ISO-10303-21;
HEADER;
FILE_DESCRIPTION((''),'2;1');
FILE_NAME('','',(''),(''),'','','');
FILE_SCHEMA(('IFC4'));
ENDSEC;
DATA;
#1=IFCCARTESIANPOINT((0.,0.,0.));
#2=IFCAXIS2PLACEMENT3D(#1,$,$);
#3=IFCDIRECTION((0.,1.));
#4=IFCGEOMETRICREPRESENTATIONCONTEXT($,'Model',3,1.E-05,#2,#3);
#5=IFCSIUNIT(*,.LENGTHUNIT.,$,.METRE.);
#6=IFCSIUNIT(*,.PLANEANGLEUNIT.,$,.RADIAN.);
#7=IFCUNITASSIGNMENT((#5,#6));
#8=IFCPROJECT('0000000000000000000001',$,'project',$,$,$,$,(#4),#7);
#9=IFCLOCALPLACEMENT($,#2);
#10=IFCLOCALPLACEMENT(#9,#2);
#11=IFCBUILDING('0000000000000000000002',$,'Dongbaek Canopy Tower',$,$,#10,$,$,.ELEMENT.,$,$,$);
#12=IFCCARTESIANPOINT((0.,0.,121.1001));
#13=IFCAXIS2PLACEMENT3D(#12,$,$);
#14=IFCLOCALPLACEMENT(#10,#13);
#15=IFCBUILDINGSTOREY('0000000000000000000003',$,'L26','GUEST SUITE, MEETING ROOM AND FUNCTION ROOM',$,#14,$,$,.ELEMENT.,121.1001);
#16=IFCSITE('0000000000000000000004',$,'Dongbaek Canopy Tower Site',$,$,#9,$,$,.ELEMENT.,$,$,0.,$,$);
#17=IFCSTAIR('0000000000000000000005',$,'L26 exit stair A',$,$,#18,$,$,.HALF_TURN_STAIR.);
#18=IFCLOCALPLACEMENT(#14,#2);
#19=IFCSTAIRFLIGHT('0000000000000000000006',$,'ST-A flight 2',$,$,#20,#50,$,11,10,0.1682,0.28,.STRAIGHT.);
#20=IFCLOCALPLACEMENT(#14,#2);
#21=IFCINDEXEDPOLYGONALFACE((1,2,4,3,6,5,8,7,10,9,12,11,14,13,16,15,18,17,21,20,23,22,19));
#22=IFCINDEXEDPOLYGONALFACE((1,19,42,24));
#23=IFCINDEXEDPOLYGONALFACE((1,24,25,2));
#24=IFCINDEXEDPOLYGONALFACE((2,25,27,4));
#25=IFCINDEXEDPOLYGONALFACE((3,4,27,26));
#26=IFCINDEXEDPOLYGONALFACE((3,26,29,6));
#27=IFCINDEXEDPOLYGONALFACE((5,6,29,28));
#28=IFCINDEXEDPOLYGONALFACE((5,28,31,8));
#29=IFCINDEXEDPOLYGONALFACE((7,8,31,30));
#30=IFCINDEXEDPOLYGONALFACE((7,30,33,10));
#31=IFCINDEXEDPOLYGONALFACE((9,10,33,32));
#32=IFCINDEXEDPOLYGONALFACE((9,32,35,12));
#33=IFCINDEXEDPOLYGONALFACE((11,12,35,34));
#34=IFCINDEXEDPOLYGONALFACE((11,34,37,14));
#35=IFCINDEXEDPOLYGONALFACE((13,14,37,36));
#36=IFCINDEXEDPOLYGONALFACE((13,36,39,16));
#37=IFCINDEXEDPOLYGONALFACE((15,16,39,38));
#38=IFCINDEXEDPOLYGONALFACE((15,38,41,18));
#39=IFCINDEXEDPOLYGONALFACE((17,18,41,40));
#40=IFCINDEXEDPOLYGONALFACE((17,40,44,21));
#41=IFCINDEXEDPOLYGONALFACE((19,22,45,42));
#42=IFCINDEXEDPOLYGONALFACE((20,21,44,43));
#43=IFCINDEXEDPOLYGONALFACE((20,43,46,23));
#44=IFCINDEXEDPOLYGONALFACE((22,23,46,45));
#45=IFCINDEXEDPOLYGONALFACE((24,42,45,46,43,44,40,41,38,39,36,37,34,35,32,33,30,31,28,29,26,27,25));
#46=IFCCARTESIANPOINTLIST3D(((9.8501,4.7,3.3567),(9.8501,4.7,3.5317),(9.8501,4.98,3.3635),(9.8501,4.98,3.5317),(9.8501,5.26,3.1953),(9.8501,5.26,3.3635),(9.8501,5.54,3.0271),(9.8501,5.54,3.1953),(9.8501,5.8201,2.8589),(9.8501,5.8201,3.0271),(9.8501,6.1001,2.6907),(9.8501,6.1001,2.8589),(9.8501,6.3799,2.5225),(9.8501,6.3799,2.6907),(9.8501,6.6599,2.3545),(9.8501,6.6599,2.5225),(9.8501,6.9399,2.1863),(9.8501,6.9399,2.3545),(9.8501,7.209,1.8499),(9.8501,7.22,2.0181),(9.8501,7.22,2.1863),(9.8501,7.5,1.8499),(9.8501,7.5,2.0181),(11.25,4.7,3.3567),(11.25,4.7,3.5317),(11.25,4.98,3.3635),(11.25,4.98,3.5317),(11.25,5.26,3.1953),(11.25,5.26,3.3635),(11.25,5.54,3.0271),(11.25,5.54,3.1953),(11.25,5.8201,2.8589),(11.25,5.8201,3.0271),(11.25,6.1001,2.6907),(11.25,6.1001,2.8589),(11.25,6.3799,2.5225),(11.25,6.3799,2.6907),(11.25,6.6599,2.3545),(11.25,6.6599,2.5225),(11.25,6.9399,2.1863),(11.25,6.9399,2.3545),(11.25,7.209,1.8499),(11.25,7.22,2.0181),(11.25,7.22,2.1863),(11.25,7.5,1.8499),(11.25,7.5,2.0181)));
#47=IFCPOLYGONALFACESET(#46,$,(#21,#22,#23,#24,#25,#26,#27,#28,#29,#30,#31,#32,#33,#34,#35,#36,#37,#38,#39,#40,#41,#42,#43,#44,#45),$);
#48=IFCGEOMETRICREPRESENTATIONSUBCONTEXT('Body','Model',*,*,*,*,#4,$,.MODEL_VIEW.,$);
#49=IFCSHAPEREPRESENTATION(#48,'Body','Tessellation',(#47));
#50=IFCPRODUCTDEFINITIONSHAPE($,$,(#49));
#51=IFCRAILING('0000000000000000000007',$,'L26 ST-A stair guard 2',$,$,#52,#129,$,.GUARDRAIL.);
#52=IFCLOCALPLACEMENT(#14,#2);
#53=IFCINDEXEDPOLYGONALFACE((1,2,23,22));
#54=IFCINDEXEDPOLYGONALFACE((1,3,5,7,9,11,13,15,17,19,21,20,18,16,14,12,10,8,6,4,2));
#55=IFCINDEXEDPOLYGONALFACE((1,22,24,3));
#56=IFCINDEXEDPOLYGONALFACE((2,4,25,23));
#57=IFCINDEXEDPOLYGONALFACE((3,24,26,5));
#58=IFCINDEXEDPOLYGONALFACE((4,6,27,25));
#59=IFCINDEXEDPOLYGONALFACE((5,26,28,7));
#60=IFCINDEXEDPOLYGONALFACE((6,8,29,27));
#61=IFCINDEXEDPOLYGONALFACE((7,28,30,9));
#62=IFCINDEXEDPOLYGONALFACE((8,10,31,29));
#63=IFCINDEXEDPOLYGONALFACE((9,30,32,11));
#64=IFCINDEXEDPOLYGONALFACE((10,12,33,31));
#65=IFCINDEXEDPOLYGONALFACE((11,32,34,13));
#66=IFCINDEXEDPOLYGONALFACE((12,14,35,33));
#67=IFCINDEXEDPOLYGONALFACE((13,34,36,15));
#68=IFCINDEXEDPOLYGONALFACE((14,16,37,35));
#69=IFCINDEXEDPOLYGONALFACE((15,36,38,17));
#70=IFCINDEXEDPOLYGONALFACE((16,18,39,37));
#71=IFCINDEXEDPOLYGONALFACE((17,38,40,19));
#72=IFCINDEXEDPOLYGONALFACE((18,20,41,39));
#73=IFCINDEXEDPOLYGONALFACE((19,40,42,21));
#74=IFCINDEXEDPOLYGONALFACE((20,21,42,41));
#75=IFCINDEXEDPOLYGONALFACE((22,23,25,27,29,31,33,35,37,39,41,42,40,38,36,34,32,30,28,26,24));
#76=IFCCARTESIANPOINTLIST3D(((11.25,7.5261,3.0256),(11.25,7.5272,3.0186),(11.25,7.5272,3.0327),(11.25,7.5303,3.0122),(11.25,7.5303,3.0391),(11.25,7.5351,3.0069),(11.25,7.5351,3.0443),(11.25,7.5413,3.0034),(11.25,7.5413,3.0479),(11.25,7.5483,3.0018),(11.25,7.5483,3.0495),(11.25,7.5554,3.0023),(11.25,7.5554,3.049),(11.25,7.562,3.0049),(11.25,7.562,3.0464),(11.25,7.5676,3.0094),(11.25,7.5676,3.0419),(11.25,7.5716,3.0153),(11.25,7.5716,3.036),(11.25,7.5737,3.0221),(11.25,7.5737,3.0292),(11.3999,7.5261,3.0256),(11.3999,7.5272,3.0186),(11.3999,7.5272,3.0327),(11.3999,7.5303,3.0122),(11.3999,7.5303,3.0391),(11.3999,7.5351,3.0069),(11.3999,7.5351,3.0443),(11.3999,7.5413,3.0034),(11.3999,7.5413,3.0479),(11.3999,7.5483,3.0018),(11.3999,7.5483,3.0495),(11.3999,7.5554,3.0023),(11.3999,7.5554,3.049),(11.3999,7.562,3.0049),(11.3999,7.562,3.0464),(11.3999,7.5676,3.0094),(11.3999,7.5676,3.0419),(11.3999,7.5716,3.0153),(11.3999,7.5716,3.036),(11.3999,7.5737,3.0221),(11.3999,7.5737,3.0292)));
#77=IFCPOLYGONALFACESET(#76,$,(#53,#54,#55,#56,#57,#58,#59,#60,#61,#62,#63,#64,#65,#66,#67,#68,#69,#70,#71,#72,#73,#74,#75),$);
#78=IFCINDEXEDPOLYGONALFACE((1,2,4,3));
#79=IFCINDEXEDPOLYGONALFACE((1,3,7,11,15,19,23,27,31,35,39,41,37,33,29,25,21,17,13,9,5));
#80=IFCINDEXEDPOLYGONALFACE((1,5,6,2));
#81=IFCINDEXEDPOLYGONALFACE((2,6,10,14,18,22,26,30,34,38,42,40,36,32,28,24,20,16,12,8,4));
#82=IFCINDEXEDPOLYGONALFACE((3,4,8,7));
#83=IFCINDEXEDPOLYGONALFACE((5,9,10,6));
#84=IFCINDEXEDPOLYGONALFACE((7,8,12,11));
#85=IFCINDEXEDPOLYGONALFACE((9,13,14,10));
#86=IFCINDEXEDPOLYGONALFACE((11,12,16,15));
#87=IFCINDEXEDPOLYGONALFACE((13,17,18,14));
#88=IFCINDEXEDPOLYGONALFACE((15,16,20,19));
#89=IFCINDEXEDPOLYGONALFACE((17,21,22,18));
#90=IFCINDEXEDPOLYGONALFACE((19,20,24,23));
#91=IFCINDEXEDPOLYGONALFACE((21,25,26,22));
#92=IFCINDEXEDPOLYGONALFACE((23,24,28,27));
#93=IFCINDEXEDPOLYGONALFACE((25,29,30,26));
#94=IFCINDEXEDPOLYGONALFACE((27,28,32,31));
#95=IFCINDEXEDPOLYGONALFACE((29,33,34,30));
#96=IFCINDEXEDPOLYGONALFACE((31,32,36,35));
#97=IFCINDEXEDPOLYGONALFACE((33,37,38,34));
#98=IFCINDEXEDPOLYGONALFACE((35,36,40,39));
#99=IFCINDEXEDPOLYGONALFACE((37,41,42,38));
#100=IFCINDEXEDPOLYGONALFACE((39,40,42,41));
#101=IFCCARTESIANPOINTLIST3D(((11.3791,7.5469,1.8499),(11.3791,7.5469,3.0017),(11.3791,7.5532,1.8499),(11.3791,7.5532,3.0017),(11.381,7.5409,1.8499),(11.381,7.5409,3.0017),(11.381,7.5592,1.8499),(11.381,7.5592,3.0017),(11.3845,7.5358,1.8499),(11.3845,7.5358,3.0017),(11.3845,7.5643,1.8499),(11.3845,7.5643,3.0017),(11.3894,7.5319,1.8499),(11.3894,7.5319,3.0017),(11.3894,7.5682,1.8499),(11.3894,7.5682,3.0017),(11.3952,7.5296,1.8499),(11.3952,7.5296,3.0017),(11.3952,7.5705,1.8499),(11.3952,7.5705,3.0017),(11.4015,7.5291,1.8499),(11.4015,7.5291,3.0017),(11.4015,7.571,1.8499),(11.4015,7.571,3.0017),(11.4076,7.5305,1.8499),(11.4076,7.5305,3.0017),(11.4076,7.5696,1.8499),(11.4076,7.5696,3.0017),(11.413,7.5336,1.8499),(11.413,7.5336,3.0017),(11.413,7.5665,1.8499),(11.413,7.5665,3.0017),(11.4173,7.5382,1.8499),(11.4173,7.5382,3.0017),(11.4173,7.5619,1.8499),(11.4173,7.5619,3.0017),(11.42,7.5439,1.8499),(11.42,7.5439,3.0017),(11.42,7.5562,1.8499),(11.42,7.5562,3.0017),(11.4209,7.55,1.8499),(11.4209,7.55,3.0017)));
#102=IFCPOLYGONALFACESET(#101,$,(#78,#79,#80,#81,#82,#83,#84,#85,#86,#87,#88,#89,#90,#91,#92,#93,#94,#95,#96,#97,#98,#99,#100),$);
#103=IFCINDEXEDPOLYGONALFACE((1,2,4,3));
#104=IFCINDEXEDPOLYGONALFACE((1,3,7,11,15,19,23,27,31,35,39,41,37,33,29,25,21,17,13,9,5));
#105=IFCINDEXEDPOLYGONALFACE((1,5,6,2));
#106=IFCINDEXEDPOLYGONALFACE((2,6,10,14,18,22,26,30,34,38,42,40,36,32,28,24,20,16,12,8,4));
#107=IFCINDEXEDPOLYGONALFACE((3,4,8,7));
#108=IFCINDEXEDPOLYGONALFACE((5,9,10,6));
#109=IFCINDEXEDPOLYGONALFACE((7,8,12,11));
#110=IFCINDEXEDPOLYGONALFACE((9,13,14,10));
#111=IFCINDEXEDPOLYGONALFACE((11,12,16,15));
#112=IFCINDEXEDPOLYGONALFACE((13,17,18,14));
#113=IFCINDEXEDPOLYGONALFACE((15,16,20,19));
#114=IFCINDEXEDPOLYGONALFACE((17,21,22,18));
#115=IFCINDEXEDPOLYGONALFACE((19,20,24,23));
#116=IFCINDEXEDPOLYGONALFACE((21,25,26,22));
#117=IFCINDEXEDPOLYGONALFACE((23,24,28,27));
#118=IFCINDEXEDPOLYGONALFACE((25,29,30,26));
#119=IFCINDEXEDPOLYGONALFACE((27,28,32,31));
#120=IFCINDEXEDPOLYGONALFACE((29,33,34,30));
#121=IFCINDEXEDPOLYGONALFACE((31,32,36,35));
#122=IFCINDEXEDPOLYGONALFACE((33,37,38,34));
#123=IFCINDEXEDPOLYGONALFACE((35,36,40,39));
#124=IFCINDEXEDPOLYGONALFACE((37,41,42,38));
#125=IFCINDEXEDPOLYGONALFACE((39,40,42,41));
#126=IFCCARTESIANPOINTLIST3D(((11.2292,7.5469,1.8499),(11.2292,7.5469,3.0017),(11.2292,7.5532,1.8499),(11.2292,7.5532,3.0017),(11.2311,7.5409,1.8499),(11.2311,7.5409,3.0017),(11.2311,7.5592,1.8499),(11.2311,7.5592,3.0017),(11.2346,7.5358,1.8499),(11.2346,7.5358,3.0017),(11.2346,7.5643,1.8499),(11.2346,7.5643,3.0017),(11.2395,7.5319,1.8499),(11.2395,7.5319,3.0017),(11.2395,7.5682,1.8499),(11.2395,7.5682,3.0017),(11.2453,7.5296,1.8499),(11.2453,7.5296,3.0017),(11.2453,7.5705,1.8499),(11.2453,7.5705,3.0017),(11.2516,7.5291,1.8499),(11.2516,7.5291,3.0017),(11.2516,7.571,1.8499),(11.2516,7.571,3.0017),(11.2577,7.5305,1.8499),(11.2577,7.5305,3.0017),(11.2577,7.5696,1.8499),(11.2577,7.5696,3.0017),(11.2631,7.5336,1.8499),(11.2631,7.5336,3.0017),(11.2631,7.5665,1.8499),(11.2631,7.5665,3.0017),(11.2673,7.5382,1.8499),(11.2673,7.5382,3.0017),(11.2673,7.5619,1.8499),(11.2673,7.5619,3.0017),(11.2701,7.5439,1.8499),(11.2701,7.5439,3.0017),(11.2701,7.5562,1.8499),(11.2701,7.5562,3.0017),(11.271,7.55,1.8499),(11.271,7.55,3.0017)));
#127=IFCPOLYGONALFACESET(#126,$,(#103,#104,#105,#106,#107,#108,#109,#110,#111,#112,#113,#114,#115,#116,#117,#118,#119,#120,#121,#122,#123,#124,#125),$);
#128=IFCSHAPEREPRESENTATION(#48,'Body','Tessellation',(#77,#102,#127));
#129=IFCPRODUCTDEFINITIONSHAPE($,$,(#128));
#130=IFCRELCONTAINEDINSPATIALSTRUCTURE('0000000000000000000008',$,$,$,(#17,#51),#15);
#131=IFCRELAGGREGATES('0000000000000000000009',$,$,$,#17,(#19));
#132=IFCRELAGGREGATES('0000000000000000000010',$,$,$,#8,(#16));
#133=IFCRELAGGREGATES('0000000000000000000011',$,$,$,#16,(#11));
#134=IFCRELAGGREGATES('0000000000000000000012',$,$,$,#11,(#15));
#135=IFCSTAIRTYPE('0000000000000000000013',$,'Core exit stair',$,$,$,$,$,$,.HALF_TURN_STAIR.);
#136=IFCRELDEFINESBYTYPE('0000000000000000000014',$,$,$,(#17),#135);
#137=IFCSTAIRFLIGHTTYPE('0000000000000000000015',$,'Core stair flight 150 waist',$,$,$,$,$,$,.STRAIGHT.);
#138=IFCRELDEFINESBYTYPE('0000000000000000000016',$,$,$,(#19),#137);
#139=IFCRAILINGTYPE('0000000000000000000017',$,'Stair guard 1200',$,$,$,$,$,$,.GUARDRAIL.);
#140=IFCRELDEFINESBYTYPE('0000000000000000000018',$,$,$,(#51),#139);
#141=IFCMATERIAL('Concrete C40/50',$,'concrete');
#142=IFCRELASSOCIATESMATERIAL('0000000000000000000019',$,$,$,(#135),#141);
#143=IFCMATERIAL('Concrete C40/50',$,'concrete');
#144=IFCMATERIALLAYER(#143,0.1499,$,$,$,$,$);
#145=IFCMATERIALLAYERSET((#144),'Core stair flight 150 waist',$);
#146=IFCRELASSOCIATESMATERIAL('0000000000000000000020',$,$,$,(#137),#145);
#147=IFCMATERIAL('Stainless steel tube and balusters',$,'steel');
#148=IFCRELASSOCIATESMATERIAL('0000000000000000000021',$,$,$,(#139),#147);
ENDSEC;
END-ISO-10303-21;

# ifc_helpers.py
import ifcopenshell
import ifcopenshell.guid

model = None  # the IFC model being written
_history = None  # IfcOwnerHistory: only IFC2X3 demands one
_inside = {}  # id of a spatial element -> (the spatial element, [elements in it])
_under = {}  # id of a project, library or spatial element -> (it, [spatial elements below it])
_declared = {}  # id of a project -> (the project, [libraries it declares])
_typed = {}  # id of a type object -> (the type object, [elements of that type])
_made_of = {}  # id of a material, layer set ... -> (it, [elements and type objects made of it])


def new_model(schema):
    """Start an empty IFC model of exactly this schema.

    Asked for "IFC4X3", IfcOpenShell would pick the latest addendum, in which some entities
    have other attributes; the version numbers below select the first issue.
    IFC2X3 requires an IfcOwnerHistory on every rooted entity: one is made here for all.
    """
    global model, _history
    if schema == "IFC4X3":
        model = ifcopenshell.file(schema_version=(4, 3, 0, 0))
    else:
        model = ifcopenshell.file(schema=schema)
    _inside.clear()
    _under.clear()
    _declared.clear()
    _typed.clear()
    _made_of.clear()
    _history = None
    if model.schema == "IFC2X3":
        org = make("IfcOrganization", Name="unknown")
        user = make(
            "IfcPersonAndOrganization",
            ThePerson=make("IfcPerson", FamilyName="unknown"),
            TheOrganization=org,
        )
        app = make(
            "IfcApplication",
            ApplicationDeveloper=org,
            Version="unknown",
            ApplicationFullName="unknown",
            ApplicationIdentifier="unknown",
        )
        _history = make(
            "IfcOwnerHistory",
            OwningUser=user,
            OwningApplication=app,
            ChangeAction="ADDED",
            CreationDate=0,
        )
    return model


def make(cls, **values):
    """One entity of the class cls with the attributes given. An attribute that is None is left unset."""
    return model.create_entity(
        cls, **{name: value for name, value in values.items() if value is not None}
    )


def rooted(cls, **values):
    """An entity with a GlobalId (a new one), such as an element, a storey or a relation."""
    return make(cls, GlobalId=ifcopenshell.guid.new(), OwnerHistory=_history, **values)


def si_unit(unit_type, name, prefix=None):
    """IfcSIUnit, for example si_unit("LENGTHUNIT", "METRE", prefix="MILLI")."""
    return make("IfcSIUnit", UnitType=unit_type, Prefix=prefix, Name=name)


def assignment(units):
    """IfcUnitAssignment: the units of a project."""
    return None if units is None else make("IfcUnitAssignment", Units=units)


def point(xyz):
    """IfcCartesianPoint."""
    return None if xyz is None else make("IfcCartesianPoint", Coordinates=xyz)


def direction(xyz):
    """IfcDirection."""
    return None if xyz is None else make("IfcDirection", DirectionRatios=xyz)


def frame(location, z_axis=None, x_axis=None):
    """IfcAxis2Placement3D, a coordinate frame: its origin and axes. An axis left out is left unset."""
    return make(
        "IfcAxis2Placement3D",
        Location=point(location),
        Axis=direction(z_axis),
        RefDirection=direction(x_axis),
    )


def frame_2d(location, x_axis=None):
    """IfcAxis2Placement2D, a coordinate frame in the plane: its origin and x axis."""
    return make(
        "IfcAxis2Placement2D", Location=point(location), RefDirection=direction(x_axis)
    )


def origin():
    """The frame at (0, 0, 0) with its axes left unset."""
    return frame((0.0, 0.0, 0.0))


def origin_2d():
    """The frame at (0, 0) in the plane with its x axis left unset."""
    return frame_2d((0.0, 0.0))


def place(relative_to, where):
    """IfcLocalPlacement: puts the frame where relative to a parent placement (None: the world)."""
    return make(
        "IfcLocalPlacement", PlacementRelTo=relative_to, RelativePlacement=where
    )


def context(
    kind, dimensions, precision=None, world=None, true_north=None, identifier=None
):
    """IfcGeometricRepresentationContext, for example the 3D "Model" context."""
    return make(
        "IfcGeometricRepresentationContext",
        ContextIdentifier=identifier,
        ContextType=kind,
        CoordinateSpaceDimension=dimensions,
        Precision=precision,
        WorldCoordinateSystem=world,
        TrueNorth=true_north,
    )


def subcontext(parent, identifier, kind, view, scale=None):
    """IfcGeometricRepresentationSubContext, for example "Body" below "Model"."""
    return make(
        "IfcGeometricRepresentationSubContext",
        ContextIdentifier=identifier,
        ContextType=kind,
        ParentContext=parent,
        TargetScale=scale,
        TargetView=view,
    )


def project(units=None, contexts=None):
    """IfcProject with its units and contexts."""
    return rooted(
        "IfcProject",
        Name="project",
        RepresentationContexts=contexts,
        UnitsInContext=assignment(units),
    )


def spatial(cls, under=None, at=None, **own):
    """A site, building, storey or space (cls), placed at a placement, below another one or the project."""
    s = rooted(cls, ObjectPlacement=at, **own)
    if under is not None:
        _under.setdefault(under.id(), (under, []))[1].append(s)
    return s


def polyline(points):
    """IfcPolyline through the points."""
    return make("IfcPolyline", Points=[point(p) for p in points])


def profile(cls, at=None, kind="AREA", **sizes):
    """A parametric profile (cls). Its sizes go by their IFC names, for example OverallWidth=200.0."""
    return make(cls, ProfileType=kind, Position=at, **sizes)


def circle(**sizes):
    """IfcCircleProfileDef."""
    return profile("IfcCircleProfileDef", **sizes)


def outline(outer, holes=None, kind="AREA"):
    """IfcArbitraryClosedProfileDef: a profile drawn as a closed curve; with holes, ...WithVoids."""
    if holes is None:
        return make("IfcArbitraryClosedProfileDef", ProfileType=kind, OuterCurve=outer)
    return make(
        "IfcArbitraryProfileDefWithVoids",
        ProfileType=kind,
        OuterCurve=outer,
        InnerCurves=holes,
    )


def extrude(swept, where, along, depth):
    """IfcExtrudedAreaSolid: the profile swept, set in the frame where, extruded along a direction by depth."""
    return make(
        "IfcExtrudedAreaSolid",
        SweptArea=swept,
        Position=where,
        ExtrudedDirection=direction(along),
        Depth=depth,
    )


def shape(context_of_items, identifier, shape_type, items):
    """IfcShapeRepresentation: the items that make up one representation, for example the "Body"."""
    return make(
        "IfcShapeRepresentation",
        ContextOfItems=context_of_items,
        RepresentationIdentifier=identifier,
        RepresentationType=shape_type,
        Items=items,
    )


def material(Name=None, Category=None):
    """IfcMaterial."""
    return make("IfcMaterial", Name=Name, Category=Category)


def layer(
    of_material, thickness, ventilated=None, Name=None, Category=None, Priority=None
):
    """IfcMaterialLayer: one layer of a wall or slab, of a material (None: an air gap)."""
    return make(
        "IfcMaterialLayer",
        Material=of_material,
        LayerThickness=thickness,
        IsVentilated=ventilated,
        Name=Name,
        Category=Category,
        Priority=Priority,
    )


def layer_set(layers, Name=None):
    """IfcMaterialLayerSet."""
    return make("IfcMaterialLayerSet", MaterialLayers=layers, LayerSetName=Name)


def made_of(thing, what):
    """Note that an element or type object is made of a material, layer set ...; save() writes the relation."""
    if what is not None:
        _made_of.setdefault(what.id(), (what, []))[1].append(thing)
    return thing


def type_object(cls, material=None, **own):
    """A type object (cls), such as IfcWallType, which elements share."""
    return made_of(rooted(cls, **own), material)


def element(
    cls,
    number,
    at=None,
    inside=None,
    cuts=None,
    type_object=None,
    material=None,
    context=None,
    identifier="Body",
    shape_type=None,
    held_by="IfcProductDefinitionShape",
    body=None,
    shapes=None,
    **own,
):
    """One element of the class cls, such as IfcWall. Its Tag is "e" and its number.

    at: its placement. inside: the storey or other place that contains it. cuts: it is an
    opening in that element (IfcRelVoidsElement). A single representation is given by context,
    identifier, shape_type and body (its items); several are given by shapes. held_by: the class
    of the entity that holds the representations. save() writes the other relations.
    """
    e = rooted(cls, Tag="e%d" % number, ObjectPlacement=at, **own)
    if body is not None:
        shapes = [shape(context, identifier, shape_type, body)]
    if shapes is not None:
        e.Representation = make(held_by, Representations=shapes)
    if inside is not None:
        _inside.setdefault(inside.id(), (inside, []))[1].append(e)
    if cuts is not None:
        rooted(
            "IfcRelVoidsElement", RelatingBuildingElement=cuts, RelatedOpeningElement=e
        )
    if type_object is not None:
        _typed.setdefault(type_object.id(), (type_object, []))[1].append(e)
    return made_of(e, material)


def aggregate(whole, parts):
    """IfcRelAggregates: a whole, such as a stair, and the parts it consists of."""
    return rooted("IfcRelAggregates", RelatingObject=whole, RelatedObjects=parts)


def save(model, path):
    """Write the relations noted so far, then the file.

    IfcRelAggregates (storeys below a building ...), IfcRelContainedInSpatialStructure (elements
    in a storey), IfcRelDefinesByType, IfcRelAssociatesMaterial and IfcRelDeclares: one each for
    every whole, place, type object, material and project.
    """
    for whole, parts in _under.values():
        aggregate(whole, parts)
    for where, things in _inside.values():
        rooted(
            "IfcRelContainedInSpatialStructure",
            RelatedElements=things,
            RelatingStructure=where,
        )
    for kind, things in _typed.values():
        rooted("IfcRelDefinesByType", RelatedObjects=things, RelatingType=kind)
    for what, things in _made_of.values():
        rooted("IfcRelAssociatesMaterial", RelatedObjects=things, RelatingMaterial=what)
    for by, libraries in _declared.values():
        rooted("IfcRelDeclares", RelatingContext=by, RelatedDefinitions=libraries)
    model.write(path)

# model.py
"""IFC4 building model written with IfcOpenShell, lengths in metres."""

from ifc_helpers import new_model, si_unit, direction, frame, origin, origin_2d, place, context, subcontext, project, spatial, polyline, circle, outline, extrude, material, layer, layer_set, type_object, element, aggregate, save


model = new_model("IFC4")

# Units and contexts
model_context = context("Model", 3, precision=1e-05, world=origin(), true_north=direction((0.0, 1.0)))
body_context = subcontext(model_context, "Body", "Model", "MODEL_VIEW")
ifc_project = project(units=[si_unit("LENGTHUNIT", "METRE"), si_unit("PLANEANGLEUNIT", "RADIAN")], contexts=[model_context])

# Site, building, storey
site_placement = place(None, origin())
site = spatial("IfcSite", under=ifc_project, at=site_placement, Name="Dongbaek Canopy Tower Site", CompositionType="ELEMENT", RefElevation=0.0)
building_placement = place(site_placement, origin())
building = spatial("IfcBuilding", under=site, at=building_placement, Name="Dongbaek Canopy Tower", CompositionType="ELEMENT")
storey_placement = place(building_placement, frame((0.0, 0.0, 121.1001)))
storey = spatial("IfcBuildingStorey", under=building, at=storey_placement, Name="L26", Description="GUEST SUITE, MEETING ROOM AND FUNCTION ROOM", CompositionType="ELEMENT", Elevation=121.1001)

# Stair, stair flight
ifc_material_1 = material(Name="Concrete C40/50", Category="concrete")
stair_type = type_object("IfcStairType", Name="Core exit stair", PredefinedType="HALF_TURN_STAIR", material=ifc_material_1)
stair_placement = place(storey_placement, origin())
stair = element("IfcStair", 1, at=stair_placement, inside=storey, type_object=stair_type, Name="L26 exit stair A", PredefinedType="HALF_TURN_STAIR")
ifc_material_2 = material(Name="Concrete C40/50", Category="concrete")
ifc_layer_1 = layer(ifc_material_2, 0.1499)
ifc_layer_set_1 = layer_set([ifc_layer_1], Name="Core stair flight 150 waist")
stair_flight_type = type_object("IfcStairFlightType", Name="Core stair flight 150 waist", PredefinedType="STRAIGHT", material=ifc_layer_set_1)
stair_flight_placement = place(storey_placement, frame((10.55, 7.5, 1.8499), z_axis=(0.0, 0.0, 1.0), x_axis=(0.0, -1.0, 0.0)))
stair_flight = element("IfcStairFlight", 2, at=stair_flight_placement, type_object=stair_flight_type, Name="ST-A flight 2", NumberOfRisers=11, NumberOfTreads=10, PredefinedType="STRAIGHT", RiserHeight=0.1682, TreadLength=0.28, context=body_context, shape_type="SweptSolid", body=[
    extrude(outline(polyline([(0.0, 0.0), (0.0, 0.1682), (0.28, 0.1682), (0.28, 0.3364), (0.5601, 0.3364), (0.5601, 0.5046), (0.8401, 0.5046), (0.8401, 0.6726), (1.1201, 0.6726), (1.1201, 0.8408), (1.3999, 0.8408), (1.3999, 1.009), (1.6799, 1.009), (1.6799, 1.1772), (1.96, 1.1772), (1.96, 1.3455), (2.24, 1.3455), (2.24, 1.5137), (2.52, 1.5137), (2.52, 1.6819), (2.8, 1.6819), (2.8, 1.8501), (2.8, 1.5068), (0.291, 0.0), (0.0, 0.0)])), frame((0.0, 0.7, 0.0), z_axis=(0.0, -1.0, 0.0), x_axis=(1.0, 0.0, 0.0)), (0.0, 0.0, 1.0), 1.3999),
])
aggregate(stair, [stair_flight])

# Railing
ifc_material_3 = material(Name="Stainless steel tube and balusters", Category="steel")
railing_type_1 = type_object("IfcRailingType", Name="Stair guard 1200", PredefinedType="GUARDRAIL", material=ifc_material_3)
railing_1_placement = place(storey_placement, frame((11.3999, 7.55, 1.8499)))
element("IfcRailing", 3, at=railing_1_placement, inside=storey, type_object=railing_type_1, Name="L26 ST-A stair guard 2", PredefinedType="GUARDRAIL", context=body_context, shape_type="SweptSolid", body=[
    extrude(circle(Radius=0.0239, at=origin_2d()), frame((0.0, 0.0, 1.1758), z_axis=(-1.0, 0.0, 0.0), x_axis=(0.0, -1.0, 0.0)), (0.0, 0.0, 1.0), 0.1499),
    extrude(circle(Radius=0.021, at=origin_2d()), origin(), (0.0, 0.0, 1.0), 1.1519),
    extrude(circle(Radius=0.021, at=origin_2d()), frame((-0.1499, 0.0, 0.0)), (0.0, 0.0, 1.0), 1.1519),
])

save(model, "model.ifc")
